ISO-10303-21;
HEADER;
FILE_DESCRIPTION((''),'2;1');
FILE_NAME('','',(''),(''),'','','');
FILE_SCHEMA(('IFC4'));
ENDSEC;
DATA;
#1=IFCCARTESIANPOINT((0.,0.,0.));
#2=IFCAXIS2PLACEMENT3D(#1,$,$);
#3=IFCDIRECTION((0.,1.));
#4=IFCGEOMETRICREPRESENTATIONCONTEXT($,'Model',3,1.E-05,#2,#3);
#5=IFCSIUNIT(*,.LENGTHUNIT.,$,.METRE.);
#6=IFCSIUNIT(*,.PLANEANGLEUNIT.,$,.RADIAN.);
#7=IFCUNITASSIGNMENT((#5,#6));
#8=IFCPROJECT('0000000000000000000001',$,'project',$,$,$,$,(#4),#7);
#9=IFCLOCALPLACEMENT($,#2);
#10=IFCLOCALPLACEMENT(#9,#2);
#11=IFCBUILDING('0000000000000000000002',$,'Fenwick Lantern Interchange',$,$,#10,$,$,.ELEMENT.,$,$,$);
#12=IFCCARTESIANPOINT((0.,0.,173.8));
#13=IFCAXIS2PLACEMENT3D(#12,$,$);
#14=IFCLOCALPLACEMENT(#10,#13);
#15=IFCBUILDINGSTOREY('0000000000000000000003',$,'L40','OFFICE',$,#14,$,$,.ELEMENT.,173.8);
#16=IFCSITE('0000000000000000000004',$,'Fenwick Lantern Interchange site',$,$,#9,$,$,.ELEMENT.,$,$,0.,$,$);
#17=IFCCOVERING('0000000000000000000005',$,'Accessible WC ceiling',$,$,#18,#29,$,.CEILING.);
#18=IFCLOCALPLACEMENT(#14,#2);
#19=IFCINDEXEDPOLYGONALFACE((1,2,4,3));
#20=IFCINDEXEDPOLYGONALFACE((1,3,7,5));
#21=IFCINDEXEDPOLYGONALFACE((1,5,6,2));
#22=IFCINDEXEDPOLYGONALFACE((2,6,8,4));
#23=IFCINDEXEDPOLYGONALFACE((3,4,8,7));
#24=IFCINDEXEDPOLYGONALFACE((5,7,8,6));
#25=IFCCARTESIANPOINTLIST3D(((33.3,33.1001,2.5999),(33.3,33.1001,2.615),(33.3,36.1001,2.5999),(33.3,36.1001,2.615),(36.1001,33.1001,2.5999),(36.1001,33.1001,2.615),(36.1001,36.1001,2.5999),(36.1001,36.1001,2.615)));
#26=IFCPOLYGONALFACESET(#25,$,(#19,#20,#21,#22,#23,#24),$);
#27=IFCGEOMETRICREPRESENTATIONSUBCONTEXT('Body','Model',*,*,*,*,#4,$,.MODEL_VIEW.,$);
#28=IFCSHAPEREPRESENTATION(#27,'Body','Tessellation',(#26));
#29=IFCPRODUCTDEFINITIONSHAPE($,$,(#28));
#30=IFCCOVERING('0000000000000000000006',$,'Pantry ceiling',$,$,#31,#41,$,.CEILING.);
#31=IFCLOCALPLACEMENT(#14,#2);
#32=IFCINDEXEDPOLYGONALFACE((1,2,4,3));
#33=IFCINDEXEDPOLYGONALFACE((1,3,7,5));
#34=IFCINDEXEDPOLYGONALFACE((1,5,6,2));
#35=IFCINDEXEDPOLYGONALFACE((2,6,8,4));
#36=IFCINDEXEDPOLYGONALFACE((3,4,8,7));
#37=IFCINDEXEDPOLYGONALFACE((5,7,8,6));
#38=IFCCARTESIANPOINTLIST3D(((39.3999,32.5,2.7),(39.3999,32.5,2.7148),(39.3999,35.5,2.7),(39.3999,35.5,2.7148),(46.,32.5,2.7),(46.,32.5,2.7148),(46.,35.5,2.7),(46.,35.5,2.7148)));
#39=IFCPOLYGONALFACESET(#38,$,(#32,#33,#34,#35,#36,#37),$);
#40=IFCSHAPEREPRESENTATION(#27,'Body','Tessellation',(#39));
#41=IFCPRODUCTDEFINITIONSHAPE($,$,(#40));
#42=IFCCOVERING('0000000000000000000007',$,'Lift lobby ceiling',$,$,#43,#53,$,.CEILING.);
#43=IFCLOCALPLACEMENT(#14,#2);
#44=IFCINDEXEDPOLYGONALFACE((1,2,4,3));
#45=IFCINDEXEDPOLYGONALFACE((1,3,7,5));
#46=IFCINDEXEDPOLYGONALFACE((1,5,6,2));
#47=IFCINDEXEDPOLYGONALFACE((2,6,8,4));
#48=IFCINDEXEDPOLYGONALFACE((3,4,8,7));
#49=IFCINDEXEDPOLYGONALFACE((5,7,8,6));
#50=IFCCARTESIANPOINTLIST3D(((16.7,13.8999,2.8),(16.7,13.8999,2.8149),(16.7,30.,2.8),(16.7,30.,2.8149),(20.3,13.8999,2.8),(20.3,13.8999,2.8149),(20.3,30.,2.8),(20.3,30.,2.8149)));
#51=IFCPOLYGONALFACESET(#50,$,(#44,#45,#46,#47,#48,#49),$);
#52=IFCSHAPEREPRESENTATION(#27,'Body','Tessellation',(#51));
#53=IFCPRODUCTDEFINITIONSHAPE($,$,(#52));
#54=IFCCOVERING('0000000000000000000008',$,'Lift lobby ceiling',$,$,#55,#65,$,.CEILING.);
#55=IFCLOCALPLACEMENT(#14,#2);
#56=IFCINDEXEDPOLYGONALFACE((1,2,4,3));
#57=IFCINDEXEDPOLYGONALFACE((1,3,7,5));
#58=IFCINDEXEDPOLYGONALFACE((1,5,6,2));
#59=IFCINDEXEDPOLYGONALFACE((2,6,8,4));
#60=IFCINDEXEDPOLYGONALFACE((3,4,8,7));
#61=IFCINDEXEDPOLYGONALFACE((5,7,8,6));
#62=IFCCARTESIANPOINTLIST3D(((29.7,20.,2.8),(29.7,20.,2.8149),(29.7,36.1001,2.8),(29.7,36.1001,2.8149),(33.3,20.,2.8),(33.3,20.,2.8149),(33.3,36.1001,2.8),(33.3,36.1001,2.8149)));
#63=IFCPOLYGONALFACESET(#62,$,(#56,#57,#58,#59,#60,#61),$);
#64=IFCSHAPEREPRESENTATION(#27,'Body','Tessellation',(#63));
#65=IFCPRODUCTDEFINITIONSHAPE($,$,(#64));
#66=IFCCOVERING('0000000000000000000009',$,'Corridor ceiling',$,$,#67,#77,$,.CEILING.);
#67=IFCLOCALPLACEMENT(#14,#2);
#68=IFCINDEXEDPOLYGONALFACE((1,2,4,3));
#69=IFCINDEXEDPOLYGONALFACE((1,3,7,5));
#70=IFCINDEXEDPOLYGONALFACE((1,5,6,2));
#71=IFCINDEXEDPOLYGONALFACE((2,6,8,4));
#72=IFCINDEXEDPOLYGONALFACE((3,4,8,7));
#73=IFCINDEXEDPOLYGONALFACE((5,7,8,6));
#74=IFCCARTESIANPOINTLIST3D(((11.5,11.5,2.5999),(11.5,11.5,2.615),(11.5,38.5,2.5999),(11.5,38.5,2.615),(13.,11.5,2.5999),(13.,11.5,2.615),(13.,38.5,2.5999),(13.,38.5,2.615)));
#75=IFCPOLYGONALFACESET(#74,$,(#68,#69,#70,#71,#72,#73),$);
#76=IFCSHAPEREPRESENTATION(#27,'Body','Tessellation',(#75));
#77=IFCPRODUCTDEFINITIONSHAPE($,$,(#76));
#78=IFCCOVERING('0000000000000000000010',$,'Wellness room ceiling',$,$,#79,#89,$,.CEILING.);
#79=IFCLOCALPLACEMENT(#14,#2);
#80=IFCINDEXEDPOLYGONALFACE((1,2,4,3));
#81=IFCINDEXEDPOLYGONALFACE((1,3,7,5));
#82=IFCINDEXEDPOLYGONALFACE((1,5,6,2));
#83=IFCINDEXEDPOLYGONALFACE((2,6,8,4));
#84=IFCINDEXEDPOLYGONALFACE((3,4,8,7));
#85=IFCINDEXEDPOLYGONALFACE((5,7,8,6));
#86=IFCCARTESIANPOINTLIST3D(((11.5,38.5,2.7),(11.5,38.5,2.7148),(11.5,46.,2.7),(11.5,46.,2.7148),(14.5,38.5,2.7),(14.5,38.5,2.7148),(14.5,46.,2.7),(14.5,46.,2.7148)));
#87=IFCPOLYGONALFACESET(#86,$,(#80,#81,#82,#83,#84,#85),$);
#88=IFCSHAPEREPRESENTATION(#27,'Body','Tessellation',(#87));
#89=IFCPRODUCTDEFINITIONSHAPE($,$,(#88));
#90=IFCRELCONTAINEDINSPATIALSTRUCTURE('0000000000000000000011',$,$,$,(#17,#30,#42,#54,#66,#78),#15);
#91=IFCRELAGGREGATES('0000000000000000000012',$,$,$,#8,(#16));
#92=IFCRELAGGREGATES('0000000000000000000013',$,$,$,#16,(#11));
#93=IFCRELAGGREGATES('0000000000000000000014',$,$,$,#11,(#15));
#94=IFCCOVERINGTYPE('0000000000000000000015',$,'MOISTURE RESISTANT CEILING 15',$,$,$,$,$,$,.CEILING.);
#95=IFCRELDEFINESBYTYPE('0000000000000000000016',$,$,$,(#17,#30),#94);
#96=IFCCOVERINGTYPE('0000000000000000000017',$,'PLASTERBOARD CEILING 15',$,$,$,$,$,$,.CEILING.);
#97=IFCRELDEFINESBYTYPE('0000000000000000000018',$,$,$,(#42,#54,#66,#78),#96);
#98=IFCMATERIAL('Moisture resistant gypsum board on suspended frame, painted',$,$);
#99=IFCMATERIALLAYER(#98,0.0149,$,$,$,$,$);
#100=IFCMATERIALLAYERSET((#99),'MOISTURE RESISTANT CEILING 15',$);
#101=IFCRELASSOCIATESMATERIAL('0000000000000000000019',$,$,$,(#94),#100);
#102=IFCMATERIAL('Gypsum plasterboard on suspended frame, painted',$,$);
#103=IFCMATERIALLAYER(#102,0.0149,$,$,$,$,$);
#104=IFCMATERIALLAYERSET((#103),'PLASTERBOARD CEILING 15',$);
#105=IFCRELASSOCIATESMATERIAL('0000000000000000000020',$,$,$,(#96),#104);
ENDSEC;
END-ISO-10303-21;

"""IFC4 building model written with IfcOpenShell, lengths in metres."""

from ifc_helpers import new_model, si_unit, direction, frame, origin, place, context, subcontext, project, spatial, polyline, outline, extrude, material, layer, layer_set, type_object, element, save


model = new_model("IFC4")

# Units and contexts
model_context = context("Model", 3, precision=1e-05, world=origin(), true_north=direction((0.0, 1.0)))
body_context = subcontext(model_context, "Body", "Model", "MODEL_VIEW")
ifc_project = project(units=[si_unit("LENGTHUNIT", "METRE"), si_unit("PLANEANGLEUNIT", "RADIAN")], contexts=[model_context])

# Site, building, storey
site_placement = place(None, origin())
site = spatial("IfcSite", under=ifc_project, at=site_placement, Name="Fenwick Lantern Interchange site", CompositionType="ELEMENT", RefElevation=0.0)
building_placement = place(site_placement, origin())
building = spatial("IfcBuilding", under=site, at=building_placement, Name="Fenwick Lantern Interchange", CompositionType="ELEMENT")
storey_placement = place(building_placement, frame((0.0, 0.0, 173.8)))
storey = spatial("IfcBuildingStorey", under=building, at=storey_placement, Name="L40", Description="OFFICE", CompositionType="ELEMENT", Elevation=173.8)

# Coverings
ifc_material_1 = material(Name="Moisture resistant gypsum board on suspended frame, painted")
ifc_layer_1 = layer(ifc_material_1, 0.0149)
ifc_layer_set_1 = layer_set([ifc_layer_1], Name="MOISTURE RESISTANT CEILING 15")
covering_type_1 = type_object("IfcCoveringType", Name="MOISTURE RESISTANT CEILING 15", PredefinedType="CEILING", material=ifc_layer_set_1)
covering_1_placement = place(storey_placement, frame((0.0, 0.0, 2.5999)))
element("IfcCovering", 1, at=covering_1_placement, inside=storey, type_object=covering_type_1, Name="Accessible WC ceiling", PredefinedType="CEILING", context=body_context, shape_type="SweptSolid", body=[
    extrude(outline(polyline([(36.1001, 36.1001), (33.3, 36.1001), (33.3, 33.1001), (36.1001, 33.1001), (36.1001, 36.1001)])), origin(), (0.0, 0.0, 1.0), 0.0151),
])
covering_2_placement = place(storey_placement, frame((0.0, 0.0, 2.7)))
element("IfcCovering", 2, at=covering_2_placement, inside=storey, type_object=covering_type_1, Name="Pantry ceiling", PredefinedType="CEILING", context=body_context, shape_type="SweptSolid", body=[
    extrude(outline(polyline([(46.0, 32.5), (46.0, 35.5), (39.3999, 35.5), (39.3999, 32.5), (46.0, 32.5)])), origin(), (0.0, 0.0, 1.0), 0.0149),
])
ifc_material_2 = material(Name="Gypsum plasterboard on suspended frame, painted")
ifc_layer_2 = layer(ifc_material_2, 0.0149)
ifc_layer_set_2 = layer_set([ifc_layer_2], Name="PLASTERBOARD CEILING 15")
covering_type_2 = type_object("IfcCoveringType", Name="PLASTERBOARD CEILING 15", PredefinedType="CEILING", material=ifc_layer_set_2)
covering_3_placement = place(storey_placement, frame((0.0, 0.0, 2.8)))
element("IfcCovering", 3, at=covering_3_placement, inside=storey, type_object=covering_type_2, Name="Lift lobby ceiling", PredefinedType="CEILING", context=body_context, shape_type="SweptSolid", body=[
    extrude(outline(polyline([(16.7, 13.8999), (20.3, 13.8999), (20.3, 30.0), (16.7, 30.0), (16.7, 13.8999)])), origin(), (0.0, 0.0, 1.0), 0.0149),
])
covering_4_placement = place(storey_placement, frame((0.0, 0.0, 2.8)))
element("IfcCovering", 4, at=covering_4_placement, inside=storey, type_object=covering_type_2, Name="Lift lobby ceiling", PredefinedType="CEILING", context=body_context, shape_type="SweptSolid", body=[
    extrude(outline(polyline([(33.3, 36.1001), (29.7, 36.1001), (29.7, 20.0), (33.3, 20.0), (33.3, 36.1001)])), origin(), (0.0, 0.0, 1.0), 0.0149),
])
covering_5_placement = place(storey_placement, frame((0.0, 0.0, 2.5999)))
element("IfcCovering", 5, at=covering_5_placement, inside=storey, type_object=covering_type_2, Name="Corridor ceiling", PredefinedType="CEILING", context=body_context, shape_type="SweptSolid", body=[
    extrude(outline(polyline([(13.0, 38.5), (11.5, 38.5), (11.5, 11.5), (13.0, 11.5), (13.0, 38.5)])), origin(), (0.0, 0.0, 1.0), 0.0151),
])
covering_6_placement = place(storey_placement, frame((0.0, 0.0, 2.7)))
element("IfcCovering", 6, at=covering_6_placement, inside=storey, type_object=covering_type_2, Name="Wellness room ceiling", PredefinedType="CEILING", context=body_context, shape_type="SweptSolid", body=[
    extrude(outline(polyline([(14.5, 46.0), (11.5, 46.0), (11.5, 38.5), (14.5, 38.5), (14.5, 46.0)])), origin(), (0.0, 0.0, 1.0), 0.0149),
])

save(model, "model.ifc")
